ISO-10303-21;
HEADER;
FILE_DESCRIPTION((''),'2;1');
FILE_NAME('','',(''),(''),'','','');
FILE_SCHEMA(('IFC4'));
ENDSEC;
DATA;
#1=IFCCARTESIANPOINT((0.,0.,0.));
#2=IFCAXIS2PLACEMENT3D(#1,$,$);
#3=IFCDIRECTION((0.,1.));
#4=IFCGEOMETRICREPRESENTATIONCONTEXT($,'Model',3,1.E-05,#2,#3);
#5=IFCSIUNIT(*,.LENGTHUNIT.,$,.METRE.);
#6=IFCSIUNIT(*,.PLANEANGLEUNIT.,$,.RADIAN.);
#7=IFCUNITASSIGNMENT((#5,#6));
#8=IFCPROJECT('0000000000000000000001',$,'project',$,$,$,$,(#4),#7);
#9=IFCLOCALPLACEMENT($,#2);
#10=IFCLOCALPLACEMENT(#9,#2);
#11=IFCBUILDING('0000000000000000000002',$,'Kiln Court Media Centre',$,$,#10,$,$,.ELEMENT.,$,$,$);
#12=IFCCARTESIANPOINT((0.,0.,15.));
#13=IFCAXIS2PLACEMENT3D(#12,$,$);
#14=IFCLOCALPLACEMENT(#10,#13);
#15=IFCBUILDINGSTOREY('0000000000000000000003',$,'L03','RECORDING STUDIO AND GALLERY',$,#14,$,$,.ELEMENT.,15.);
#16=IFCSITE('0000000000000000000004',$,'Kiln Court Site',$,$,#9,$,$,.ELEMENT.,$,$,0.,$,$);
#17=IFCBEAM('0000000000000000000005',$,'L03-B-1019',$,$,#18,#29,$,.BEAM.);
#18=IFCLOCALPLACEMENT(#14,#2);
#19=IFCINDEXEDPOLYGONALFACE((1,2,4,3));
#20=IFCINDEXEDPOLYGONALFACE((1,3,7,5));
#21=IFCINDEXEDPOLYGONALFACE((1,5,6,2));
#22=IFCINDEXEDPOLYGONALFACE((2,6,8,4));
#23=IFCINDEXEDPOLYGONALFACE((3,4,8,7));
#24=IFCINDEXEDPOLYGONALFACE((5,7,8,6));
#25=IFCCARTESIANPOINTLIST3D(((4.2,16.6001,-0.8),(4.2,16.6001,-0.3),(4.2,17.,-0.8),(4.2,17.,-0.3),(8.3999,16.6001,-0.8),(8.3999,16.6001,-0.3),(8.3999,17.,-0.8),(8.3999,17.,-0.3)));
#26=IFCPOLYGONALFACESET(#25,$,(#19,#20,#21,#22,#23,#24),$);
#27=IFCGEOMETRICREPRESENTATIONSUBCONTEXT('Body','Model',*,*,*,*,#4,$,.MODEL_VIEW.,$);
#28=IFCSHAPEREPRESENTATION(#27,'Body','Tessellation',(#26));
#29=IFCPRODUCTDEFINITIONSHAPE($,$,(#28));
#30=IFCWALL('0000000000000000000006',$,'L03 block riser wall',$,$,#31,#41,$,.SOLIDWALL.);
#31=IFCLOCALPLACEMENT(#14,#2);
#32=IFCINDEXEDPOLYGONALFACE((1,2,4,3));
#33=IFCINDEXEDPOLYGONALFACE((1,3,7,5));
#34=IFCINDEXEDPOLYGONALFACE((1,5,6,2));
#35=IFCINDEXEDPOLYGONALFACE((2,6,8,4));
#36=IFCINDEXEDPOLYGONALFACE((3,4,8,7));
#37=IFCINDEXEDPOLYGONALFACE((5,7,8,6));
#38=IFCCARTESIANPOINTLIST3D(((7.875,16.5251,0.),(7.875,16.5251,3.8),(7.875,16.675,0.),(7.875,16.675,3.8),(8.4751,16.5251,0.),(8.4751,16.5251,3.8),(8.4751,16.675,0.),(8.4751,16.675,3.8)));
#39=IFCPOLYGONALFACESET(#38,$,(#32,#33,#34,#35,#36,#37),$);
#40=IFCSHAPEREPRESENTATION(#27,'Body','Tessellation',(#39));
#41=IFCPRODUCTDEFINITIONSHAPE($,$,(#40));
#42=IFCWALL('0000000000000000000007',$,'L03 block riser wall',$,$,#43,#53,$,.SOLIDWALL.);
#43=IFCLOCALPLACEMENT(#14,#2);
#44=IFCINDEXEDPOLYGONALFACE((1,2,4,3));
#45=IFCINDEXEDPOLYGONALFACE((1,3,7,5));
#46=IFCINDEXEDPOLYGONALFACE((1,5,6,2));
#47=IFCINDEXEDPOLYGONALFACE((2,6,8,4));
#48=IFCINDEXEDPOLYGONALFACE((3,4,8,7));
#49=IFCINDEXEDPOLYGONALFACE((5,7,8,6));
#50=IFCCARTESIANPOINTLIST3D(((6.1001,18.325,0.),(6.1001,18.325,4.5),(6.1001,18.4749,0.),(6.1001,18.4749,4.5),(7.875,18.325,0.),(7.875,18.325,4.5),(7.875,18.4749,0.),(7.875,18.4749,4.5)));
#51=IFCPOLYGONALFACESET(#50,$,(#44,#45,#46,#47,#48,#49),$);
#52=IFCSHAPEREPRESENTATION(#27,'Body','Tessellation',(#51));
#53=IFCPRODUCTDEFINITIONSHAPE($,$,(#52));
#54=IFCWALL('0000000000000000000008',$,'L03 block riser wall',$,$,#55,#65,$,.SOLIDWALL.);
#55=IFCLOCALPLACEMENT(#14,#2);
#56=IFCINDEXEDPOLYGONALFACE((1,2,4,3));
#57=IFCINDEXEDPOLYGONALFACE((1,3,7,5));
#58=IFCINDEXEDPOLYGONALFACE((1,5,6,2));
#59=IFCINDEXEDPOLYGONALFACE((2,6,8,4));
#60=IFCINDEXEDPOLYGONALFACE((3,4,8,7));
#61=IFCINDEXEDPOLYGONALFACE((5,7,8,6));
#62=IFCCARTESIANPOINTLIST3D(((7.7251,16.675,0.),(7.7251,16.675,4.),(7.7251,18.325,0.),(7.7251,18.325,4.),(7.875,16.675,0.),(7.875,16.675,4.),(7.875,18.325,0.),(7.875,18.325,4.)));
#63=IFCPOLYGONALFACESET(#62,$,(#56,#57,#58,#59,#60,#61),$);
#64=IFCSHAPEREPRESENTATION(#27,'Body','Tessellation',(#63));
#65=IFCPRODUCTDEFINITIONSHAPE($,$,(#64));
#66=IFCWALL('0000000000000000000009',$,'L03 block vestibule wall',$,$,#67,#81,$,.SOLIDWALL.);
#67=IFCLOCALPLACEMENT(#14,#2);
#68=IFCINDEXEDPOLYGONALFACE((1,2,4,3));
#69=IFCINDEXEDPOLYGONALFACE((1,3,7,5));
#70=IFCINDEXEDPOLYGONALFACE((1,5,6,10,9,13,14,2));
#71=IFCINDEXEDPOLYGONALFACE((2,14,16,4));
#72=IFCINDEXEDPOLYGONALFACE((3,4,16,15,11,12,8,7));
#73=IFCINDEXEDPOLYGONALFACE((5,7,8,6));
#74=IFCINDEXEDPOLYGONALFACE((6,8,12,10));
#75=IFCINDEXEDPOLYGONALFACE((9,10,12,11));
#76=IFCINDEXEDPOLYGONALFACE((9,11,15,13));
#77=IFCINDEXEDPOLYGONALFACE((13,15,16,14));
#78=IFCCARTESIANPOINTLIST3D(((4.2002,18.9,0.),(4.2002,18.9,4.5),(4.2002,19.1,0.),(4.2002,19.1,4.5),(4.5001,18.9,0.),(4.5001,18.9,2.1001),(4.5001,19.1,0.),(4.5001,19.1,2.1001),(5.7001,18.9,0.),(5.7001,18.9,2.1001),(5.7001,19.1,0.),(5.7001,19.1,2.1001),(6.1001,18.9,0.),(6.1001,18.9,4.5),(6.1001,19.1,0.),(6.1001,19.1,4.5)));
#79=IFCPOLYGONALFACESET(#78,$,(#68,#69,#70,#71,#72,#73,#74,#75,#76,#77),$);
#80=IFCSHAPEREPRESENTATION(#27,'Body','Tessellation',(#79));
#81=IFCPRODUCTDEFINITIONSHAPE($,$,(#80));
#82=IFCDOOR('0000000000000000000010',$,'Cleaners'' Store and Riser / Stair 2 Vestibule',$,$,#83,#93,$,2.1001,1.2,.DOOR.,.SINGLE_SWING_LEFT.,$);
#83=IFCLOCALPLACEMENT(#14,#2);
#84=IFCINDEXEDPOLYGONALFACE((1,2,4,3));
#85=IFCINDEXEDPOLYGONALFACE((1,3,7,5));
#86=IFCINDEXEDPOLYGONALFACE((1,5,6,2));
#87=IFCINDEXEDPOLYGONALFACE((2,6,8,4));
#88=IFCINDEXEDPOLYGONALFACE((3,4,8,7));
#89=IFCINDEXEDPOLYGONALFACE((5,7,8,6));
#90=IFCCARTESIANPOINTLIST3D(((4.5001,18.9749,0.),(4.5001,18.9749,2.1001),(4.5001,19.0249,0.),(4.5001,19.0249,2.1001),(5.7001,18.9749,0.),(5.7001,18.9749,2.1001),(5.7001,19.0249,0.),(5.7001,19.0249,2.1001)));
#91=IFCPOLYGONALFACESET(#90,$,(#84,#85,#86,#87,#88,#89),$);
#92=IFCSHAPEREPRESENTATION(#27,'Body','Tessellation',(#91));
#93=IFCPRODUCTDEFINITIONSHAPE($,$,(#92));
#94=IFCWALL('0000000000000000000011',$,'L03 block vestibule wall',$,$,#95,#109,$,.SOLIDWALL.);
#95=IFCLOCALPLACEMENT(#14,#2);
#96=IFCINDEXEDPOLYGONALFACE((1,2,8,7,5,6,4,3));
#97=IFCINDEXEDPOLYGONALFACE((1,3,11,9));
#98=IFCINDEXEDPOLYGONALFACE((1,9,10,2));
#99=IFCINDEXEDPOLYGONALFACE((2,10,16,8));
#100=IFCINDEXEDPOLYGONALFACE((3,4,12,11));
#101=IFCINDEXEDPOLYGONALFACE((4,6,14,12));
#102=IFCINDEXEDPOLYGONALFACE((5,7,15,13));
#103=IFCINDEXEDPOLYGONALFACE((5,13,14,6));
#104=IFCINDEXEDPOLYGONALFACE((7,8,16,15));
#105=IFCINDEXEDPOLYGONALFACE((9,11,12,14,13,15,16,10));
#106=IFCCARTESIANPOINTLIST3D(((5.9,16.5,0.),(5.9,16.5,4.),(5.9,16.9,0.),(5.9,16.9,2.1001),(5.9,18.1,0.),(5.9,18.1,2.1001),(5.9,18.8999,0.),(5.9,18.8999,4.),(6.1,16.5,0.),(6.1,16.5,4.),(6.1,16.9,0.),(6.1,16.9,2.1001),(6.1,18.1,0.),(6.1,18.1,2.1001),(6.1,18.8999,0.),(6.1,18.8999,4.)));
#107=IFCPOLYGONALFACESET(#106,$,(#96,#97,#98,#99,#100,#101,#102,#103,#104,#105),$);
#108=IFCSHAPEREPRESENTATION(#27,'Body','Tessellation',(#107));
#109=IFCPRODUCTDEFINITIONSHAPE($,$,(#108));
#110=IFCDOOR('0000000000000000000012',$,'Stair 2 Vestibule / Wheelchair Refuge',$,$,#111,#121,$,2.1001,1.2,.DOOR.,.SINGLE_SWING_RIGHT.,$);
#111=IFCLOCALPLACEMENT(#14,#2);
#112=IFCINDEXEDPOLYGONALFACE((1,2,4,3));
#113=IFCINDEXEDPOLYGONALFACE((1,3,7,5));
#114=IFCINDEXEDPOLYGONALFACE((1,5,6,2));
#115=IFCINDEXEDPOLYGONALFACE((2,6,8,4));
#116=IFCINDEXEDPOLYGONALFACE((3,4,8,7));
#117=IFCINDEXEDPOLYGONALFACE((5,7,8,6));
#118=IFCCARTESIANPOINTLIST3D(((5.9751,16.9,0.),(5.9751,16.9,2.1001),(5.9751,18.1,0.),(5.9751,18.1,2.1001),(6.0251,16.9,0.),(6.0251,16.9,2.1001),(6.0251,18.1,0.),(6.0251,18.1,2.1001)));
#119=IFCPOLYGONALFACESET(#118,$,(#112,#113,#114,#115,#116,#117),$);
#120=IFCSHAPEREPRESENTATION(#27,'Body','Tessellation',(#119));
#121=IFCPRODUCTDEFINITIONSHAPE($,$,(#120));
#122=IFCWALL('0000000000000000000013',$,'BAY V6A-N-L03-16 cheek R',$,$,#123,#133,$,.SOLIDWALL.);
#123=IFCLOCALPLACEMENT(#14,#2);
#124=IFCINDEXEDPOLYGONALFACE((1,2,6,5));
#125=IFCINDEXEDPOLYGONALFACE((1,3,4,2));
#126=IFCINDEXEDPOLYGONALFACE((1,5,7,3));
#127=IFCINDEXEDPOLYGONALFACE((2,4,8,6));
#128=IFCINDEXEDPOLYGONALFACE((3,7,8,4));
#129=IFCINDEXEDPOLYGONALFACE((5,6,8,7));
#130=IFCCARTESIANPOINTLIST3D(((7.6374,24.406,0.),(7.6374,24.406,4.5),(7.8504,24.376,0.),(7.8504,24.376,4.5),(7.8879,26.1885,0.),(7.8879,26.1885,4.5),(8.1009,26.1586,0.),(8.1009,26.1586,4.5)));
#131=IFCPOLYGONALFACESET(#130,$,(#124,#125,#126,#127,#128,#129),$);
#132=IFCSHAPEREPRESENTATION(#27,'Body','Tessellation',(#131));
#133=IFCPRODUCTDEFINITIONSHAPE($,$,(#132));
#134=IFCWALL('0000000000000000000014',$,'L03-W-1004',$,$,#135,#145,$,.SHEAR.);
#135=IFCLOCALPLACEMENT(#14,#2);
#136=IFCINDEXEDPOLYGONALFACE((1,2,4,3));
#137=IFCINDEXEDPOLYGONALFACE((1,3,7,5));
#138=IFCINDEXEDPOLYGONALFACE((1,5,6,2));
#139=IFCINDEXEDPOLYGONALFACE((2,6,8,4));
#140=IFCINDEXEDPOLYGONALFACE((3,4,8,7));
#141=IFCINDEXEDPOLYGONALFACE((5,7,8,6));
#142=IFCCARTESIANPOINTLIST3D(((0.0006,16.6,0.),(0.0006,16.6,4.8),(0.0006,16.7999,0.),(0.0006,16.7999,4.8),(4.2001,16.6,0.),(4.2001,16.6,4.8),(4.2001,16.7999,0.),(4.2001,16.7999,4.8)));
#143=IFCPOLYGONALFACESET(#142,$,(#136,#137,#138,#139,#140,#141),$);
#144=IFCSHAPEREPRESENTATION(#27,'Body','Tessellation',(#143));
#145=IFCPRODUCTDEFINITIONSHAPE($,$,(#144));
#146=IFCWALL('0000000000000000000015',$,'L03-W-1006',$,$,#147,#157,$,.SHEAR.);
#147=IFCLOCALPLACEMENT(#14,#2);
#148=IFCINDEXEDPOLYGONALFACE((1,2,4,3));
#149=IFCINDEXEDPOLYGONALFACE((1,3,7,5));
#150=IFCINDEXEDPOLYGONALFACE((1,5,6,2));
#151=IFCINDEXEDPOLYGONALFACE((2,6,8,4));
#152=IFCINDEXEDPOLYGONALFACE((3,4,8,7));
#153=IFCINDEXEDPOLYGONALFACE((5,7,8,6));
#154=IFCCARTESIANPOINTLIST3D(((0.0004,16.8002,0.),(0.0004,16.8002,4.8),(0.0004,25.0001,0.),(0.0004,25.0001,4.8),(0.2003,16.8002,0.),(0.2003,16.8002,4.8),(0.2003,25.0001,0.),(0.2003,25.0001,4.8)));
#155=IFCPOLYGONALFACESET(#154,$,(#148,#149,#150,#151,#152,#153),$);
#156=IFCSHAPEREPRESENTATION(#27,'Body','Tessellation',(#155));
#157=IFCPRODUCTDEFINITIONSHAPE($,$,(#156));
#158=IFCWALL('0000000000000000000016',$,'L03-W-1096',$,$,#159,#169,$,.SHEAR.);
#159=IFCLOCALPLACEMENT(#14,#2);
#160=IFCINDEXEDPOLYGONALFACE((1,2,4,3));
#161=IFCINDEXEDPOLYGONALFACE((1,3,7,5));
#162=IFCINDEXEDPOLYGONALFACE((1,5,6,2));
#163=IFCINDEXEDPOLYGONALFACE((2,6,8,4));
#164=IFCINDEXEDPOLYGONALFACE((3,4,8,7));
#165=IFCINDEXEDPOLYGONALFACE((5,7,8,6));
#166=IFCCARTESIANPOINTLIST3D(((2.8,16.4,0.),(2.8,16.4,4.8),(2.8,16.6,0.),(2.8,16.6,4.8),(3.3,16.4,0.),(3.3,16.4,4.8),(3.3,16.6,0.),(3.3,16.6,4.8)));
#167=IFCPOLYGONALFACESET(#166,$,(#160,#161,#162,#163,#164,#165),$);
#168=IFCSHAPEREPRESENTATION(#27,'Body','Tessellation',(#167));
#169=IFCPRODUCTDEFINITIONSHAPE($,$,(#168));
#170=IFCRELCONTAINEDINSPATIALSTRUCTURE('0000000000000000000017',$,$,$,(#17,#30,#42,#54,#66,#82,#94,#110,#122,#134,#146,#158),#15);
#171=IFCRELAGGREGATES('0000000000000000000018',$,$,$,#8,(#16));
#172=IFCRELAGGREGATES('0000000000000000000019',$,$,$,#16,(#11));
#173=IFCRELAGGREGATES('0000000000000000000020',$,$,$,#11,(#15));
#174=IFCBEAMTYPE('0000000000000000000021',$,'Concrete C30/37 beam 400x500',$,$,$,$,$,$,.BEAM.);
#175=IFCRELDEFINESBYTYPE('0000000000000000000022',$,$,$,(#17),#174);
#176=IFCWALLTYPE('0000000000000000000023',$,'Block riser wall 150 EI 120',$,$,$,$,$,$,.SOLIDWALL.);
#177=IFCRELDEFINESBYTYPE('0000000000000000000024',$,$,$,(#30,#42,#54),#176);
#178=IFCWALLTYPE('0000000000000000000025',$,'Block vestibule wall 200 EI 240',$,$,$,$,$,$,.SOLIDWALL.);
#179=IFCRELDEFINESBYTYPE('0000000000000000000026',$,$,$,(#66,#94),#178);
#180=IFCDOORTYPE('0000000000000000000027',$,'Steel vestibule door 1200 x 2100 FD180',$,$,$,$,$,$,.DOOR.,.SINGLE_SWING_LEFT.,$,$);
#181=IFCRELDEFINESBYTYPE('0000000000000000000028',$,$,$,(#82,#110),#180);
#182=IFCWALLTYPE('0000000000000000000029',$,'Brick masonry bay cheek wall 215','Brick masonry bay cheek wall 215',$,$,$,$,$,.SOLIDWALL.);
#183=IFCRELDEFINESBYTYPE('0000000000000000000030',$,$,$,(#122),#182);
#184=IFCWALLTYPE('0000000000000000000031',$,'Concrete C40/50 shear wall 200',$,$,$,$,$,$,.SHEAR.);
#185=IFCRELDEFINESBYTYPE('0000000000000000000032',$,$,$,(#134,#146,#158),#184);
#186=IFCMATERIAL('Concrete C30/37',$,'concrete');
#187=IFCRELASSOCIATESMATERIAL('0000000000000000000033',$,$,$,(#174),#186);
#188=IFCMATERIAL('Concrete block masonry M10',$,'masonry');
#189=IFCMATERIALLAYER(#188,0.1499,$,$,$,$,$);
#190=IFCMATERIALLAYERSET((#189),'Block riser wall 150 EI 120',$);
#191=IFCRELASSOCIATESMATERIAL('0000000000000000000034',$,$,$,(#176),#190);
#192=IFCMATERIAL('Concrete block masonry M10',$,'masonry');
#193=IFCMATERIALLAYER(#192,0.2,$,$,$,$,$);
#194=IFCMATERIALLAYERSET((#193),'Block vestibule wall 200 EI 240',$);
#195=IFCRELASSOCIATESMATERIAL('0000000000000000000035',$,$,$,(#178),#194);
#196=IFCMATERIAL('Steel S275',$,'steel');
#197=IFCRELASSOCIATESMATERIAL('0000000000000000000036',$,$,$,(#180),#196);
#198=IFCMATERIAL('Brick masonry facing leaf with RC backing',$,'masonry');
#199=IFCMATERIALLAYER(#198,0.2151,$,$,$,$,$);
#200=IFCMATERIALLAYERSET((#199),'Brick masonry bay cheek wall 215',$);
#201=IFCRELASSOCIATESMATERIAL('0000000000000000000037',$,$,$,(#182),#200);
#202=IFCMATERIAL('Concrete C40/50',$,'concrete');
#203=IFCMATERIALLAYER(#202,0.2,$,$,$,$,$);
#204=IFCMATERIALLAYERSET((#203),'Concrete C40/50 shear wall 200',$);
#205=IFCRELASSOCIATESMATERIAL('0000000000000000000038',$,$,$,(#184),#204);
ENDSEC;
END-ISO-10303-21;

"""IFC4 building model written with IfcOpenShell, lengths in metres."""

from ifc_helpers import new_model, si_unit, direction, frame, frame_2d, origin, origin_2d, place, context, subcontext, project, spatial, rectangle, extrude, material, layer, layer_set, material_profile, profile_set, type_object, element, fill, save


model = new_model("IFC4")

# Units and contexts
model_context = context("Model", 3, precision=1e-05, world=origin(), true_north=direction((0.0, 1.0)))
body_context = subcontext(model_context, "Body", "Model", "MODEL_VIEW")
ifc_project = project(units=[si_unit("LENGTHUNIT", "METRE"), si_unit("PLANEANGLEUNIT", "RADIAN")], contexts=[model_context])

# Site, building, storey
site_placement = place(None, origin())
site = spatial("IfcSite", under=ifc_project, at=site_placement, Name="Kiln Court Site", CompositionType="ELEMENT", RefElevation=0.0)
building_placement = place(site_placement, origin())
building = spatial("IfcBuilding", under=site, at=building_placement, Name="Kiln Court Media Centre", CompositionType="ELEMENT")
storey_placement = place(building_placement, frame((0.0, 0.0, 15.0)))
storey = spatial("IfcBuildingStorey", under=building, at=storey_placement, Name="L03", Description="RECORDING STUDIO AND GALLERY", CompositionType="ELEMENT", Elevation=15.0)

# Beam
ifc_material_1 = material(Name="Concrete C30/37", Category="concrete")
ifc_material_profile = material_profile(ifc_material_1, rectangle(XDim=0.3999, YDim=0.5, at=origin_2d()), Name="RC 400x500")
ifc_profile_set = profile_set([ifc_material_profile], Name="Concrete C30/37")
beam_type = type_object("IfcBeamType", Name="Concrete C30/37 beam 400x500", PredefinedType="BEAM", material=ifc_profile_set)
beam_placement = place(storey_placement, frame((4.2, 16.8, -0.55), z_axis=(1.0, 0.0, 0.0), x_axis=(0.0, 1.0, 0.0)))
element("IfcBeam", 1, at=beam_placement, inside=storey, type_object=beam_type, Name="L03-B-1019", PredefinedType="BEAM", context=body_context, shape_type="SweptSolid", body=[
    extrude(rectangle(XDim=0.3999, YDim=0.5, at=origin_2d()), origin(), (0.0, 0.0, 1.0), 4.2),
])

# Walls
ifc_material_2 = material(Name="Concrete block masonry M10", Category="masonry")
ifc_layer_1 = layer(ifc_material_2, 0.1499)
ifc_layer_set_1 = layer_set([ifc_layer_1], Name="Block riser wall 150 EI 120")
wall_type_1 = type_object("IfcWallType", Name="Block riser wall 150 EI 120", PredefinedType="SOLIDWALL", material=ifc_layer_set_1)
wall_1_placement = place(storey_placement, frame((7.875, 16.6001, 0.0), z_axis=(0.0, 0.0, 1.0), x_axis=(1.0, 0.0, 0.0)))
element("IfcWall", 2, at=wall_1_placement, inside=storey, type_object=wall_type_1, Name="L03 block riser wall", PredefinedType="SOLIDWALL", context=body_context, shape_type="SweptSolid", body=[
    extrude(rectangle(XDim=0.6001, YDim=0.1499, at=frame_2d((0.3, 0.0))), origin(), (0.0, 0.0, 1.0), 3.8),
])
wall_2_placement = place(storey_placement, frame((6.1001, 18.3999, 0.0), z_axis=(0.0, 0.0, 1.0), x_axis=(1.0, 0.0, 0.0)))
element("IfcWall", 3, at=wall_2_placement, inside=storey, type_object=wall_type_1, Name="L03 block riser wall", PredefinedType="SOLIDWALL", context=body_context, shape_type="SweptSolid", body=[
    extrude(rectangle(XDim=1.7749, YDim=0.1499, at=frame_2d((0.8875, 0.0))), origin(), (0.0, 0.0, 1.0), 4.5),
])
wall_3_placement = place(storey_placement, frame((7.8, 16.675, 0.0), z_axis=(0.0, 0.0, 1.0), x_axis=(0.0, 1.0, 0.0)))
element("IfcWall", 4, at=wall_3_placement, inside=storey, type_object=wall_type_1, Name="L03 block riser wall", PredefinedType="SOLIDWALL", context=body_context, shape_type="SweptSolid", body=[
    extrude(rectangle(XDim=1.6499, YDim=0.1499, at=frame_2d((0.825, 0.0))), origin(), (0.0, 0.0, 1.0), 4.0),
])

# Walls, openings, doors
ifc_material_3 = material(Name="Concrete block masonry M10", Category="masonry")
ifc_layer_2 = layer(ifc_material_3, 0.2)
ifc_layer_set_2 = layer_set([ifc_layer_2], Name="Block vestibule wall 200 EI 240")
wall_type_2 = type_object("IfcWallType", Name="Block vestibule wall 200 EI 240", PredefinedType="SOLIDWALL", material=ifc_layer_set_2)
wall_4_placement = place(storey_placement, frame((4.2002, 19.0, 0.0), z_axis=(0.0, 0.0, 1.0), x_axis=(1.0, 0.0, 0.0)))
wall_4 = element("IfcWall", 5, at=wall_4_placement, inside=storey, type_object=wall_type_2, Name="L03 block vestibule wall", PredefinedType="SOLIDWALL", context=body_context, shape_type="SweptSolid", body=[
    extrude(rectangle(XDim=1.8999, YDim=0.2, at=frame_2d((0.95, 0.0))), origin(), (0.0, 0.0, 1.0), 4.5),
])
opening_1_placement = place(wall_4_placement, frame((0.2998, 0.0, 0.0)))
opening_1 = element("IfcOpeningElement", 6, at=opening_1_placement, cuts=wall_4, PredefinedType="OPENING", context=body_context, shape_type="SweptSolid", body=[
    extrude(rectangle(XDim=1.2, YDim=2.1001, at=frame_2d((0.6001, 1.05))), frame((0.0, 0.1099, 0.0), z_axis=(0.0, -1.0, 0.0), x_axis=(1.0, 0.0, 0.0)), (0.0, 0.0, 1.0), 0.22),
])
ifc_material_4 = material(Name="Steel S275", Category="steel")
door_type_1 = type_object("IfcDoorType", Name="Steel vestibule door 1200 x 2100 FD180", OperationType="SINGLE_SWING_LEFT", PredefinedType="DOOR", material=ifc_material_4)
door_1_placement = place(opening_1_placement, origin())
door_1 = element("IfcDoor", 7, at=door_1_placement, inside=storey, type_object=door_type_1, Name="Cleaners' Store and Riser / Stair 2 Vestibule", OperationType="SINGLE_SWING_LEFT", OverallHeight=2.1001, OverallWidth=1.2, PredefinedType="DOOR", context=body_context, shape_type="SweptSolid", body=[
    extrude(rectangle(XDim=1.2, YDim=2.1001, at=frame_2d((0.6001, 1.05))), frame((0.0, 0.0249, 0.0), z_axis=(0.0, -1.0, 0.0), x_axis=(1.0, 0.0, 0.0)), (0.0, 0.0, 1.0), 0.05),
])
fill(opening_1, door_1)
wall_5_placement = place(storey_placement, frame((6.0, 16.5, 0.0), z_axis=(0.0, 0.0, 1.0), x_axis=(0.0, 1.0, 0.0)))
wall_5 = element("IfcWall", 8, at=wall_5_placement, inside=storey, type_object=wall_type_2, Name="L03 block vestibule wall", PredefinedType="SOLIDWALL", context=body_context, shape_type="SweptSolid", body=[
    extrude(rectangle(XDim=2.3999, YDim=0.2, at=frame_2d((1.2, 0.0))), origin(), (0.0, 0.0, 1.0), 4.0),
])
opening_2_placement = place(wall_5_placement, frame((0.3999, 0.0, 0.0)))
opening_2 = element("IfcOpeningElement", 9, at=opening_2_placement, cuts=wall_5, PredefinedType="OPENING", context=body_context, shape_type="SweptSolid", body=[
    extrude(rectangle(XDim=1.2, YDim=2.1001, at=frame_2d((0.6001, 1.05))), frame((0.0, 0.1099, 0.0), z_axis=(0.0, -1.0, 0.0), x_axis=(1.0, 0.0, 0.0)), (0.0, 0.0, 1.0), 0.22),
])
door_2_placement = place(opening_2_placement, origin())
door_2 = element("IfcDoor", 10, at=door_2_placement, inside=storey, type_object=door_type_1, Name="Stair 2 Vestibule / Wheelchair Refuge", OperationType="SINGLE_SWING_RIGHT", OverallHeight=2.1001, OverallWidth=1.2, PredefinedType="DOOR", context=body_context, shape_type="SweptSolid", body=[
    extrude(rectangle(XDim=1.2, YDim=2.1001, at=frame_2d((0.6001, 1.05))), frame((0.0, 0.0249, 0.0), z_axis=(0.0, -1.0, 0.0), x_axis=(1.0, 0.0, 0.0)), (0.0, 0.0, 1.0), 0.05),
])
fill(opening_2, door_2)

# Walls
ifc_material_5 = material(Name="Brick masonry facing leaf with RC backing", Category="masonry")
ifc_layer_3 = layer(ifc_material_5, 0.2151)
ifc_layer_set_3 = layer_set([ifc_layer_3], Name="Brick masonry bay cheek wall 215")
wall_type_3 = type_object("IfcWallType", Name="Brick masonry bay cheek wall 215", Description="Brick masonry bay cheek wall 215", PredefinedType="SOLIDWALL", material=ifc_layer_set_3)
wall_6_placement = place(storey_placement, frame((7.7439, 24.3911, 0.0), z_axis=(0.0, 0.0, 1.0), x_axis=(0.139161, 0.99027, 0.0)))
element("IfcWall", 11, at=wall_6_placement, inside=storey, type_object=wall_type_3, Name="BAY V6A-N-L03-16 cheek R", PredefinedType="SOLIDWALL", context=body_context, shape_type="SweptSolid", body=[
    extrude(rectangle(XDim=1.8, YDim=0.2151, at=frame_2d((0.8999, 0.0))), origin(), (0.0, 0.0, 1.0), 4.5),
])
ifc_material_6 = material(Name="Concrete C40/50", Category="concrete")
ifc_layer_4 = layer(ifc_material_6, 0.2)
ifc_layer_set_4 = layer_set([ifc_layer_4], Name="Concrete C40/50 shear wall 200")
wall_type_4 = type_object("IfcWallType", Name="Concrete C40/50 shear wall 200", PredefinedType="SHEAR", material=ifc_layer_set_4)
wall_7_placement = place(storey_placement, frame((4.2, 16.7, 0.0), z_axis=(0.0, 0.0, 1.0), x_axis=(-1.0, 0.0, 0.0)))
element("IfcWall", 12, at=wall_7_placement, inside=storey, type_object=wall_type_4, Name="L03-W-1004", PredefinedType="SHEAR", context=body_context, shape_type="SweptSolid", body=[
    extrude(rectangle(XDim=4.1995, YDim=0.2, at=frame_2d((2.0996, 0.0))), origin(), (0.0, 0.0, 1.0), 4.8),
])
wall_8_placement = place(storey_placement, frame((0.1003, 16.8, 0.0), z_axis=(0.0, 0.0, 1.0), x_axis=(0.0, 1.0, 0.0)))
element("IfcWall", 13, at=wall_8_placement, inside=storey, type_object=wall_type_4, Name="L03-W-1006", PredefinedType="SHEAR", context=body_context, shape_type="SweptSolid", body=[
    extrude(rectangle(XDim=8.2, YDim=0.2, at=frame_2d((4.1001, 0.0))), origin(), (0.0, 0.0, 1.0), 4.8),
])
wall_9_placement = place(storey_placement, frame((2.8, 16.5, 0.0), z_axis=(0.0, 0.0, 1.0), x_axis=(1.0, 0.0, 0.0)))
element("IfcWall", 14, at=wall_9_placement, inside=storey, type_object=wall_type_4, Name="L03-W-1096", PredefinedType="SHEAR", context=body_context, shape_type="SweptSolid", body=[
    extrude(rectangle(XDim=0.5, YDim=0.2, at=frame_2d((0.25, 0.0))), origin(), (0.0, 0.0, 1.0), 4.8),
])

save(model, "model.ifc")
